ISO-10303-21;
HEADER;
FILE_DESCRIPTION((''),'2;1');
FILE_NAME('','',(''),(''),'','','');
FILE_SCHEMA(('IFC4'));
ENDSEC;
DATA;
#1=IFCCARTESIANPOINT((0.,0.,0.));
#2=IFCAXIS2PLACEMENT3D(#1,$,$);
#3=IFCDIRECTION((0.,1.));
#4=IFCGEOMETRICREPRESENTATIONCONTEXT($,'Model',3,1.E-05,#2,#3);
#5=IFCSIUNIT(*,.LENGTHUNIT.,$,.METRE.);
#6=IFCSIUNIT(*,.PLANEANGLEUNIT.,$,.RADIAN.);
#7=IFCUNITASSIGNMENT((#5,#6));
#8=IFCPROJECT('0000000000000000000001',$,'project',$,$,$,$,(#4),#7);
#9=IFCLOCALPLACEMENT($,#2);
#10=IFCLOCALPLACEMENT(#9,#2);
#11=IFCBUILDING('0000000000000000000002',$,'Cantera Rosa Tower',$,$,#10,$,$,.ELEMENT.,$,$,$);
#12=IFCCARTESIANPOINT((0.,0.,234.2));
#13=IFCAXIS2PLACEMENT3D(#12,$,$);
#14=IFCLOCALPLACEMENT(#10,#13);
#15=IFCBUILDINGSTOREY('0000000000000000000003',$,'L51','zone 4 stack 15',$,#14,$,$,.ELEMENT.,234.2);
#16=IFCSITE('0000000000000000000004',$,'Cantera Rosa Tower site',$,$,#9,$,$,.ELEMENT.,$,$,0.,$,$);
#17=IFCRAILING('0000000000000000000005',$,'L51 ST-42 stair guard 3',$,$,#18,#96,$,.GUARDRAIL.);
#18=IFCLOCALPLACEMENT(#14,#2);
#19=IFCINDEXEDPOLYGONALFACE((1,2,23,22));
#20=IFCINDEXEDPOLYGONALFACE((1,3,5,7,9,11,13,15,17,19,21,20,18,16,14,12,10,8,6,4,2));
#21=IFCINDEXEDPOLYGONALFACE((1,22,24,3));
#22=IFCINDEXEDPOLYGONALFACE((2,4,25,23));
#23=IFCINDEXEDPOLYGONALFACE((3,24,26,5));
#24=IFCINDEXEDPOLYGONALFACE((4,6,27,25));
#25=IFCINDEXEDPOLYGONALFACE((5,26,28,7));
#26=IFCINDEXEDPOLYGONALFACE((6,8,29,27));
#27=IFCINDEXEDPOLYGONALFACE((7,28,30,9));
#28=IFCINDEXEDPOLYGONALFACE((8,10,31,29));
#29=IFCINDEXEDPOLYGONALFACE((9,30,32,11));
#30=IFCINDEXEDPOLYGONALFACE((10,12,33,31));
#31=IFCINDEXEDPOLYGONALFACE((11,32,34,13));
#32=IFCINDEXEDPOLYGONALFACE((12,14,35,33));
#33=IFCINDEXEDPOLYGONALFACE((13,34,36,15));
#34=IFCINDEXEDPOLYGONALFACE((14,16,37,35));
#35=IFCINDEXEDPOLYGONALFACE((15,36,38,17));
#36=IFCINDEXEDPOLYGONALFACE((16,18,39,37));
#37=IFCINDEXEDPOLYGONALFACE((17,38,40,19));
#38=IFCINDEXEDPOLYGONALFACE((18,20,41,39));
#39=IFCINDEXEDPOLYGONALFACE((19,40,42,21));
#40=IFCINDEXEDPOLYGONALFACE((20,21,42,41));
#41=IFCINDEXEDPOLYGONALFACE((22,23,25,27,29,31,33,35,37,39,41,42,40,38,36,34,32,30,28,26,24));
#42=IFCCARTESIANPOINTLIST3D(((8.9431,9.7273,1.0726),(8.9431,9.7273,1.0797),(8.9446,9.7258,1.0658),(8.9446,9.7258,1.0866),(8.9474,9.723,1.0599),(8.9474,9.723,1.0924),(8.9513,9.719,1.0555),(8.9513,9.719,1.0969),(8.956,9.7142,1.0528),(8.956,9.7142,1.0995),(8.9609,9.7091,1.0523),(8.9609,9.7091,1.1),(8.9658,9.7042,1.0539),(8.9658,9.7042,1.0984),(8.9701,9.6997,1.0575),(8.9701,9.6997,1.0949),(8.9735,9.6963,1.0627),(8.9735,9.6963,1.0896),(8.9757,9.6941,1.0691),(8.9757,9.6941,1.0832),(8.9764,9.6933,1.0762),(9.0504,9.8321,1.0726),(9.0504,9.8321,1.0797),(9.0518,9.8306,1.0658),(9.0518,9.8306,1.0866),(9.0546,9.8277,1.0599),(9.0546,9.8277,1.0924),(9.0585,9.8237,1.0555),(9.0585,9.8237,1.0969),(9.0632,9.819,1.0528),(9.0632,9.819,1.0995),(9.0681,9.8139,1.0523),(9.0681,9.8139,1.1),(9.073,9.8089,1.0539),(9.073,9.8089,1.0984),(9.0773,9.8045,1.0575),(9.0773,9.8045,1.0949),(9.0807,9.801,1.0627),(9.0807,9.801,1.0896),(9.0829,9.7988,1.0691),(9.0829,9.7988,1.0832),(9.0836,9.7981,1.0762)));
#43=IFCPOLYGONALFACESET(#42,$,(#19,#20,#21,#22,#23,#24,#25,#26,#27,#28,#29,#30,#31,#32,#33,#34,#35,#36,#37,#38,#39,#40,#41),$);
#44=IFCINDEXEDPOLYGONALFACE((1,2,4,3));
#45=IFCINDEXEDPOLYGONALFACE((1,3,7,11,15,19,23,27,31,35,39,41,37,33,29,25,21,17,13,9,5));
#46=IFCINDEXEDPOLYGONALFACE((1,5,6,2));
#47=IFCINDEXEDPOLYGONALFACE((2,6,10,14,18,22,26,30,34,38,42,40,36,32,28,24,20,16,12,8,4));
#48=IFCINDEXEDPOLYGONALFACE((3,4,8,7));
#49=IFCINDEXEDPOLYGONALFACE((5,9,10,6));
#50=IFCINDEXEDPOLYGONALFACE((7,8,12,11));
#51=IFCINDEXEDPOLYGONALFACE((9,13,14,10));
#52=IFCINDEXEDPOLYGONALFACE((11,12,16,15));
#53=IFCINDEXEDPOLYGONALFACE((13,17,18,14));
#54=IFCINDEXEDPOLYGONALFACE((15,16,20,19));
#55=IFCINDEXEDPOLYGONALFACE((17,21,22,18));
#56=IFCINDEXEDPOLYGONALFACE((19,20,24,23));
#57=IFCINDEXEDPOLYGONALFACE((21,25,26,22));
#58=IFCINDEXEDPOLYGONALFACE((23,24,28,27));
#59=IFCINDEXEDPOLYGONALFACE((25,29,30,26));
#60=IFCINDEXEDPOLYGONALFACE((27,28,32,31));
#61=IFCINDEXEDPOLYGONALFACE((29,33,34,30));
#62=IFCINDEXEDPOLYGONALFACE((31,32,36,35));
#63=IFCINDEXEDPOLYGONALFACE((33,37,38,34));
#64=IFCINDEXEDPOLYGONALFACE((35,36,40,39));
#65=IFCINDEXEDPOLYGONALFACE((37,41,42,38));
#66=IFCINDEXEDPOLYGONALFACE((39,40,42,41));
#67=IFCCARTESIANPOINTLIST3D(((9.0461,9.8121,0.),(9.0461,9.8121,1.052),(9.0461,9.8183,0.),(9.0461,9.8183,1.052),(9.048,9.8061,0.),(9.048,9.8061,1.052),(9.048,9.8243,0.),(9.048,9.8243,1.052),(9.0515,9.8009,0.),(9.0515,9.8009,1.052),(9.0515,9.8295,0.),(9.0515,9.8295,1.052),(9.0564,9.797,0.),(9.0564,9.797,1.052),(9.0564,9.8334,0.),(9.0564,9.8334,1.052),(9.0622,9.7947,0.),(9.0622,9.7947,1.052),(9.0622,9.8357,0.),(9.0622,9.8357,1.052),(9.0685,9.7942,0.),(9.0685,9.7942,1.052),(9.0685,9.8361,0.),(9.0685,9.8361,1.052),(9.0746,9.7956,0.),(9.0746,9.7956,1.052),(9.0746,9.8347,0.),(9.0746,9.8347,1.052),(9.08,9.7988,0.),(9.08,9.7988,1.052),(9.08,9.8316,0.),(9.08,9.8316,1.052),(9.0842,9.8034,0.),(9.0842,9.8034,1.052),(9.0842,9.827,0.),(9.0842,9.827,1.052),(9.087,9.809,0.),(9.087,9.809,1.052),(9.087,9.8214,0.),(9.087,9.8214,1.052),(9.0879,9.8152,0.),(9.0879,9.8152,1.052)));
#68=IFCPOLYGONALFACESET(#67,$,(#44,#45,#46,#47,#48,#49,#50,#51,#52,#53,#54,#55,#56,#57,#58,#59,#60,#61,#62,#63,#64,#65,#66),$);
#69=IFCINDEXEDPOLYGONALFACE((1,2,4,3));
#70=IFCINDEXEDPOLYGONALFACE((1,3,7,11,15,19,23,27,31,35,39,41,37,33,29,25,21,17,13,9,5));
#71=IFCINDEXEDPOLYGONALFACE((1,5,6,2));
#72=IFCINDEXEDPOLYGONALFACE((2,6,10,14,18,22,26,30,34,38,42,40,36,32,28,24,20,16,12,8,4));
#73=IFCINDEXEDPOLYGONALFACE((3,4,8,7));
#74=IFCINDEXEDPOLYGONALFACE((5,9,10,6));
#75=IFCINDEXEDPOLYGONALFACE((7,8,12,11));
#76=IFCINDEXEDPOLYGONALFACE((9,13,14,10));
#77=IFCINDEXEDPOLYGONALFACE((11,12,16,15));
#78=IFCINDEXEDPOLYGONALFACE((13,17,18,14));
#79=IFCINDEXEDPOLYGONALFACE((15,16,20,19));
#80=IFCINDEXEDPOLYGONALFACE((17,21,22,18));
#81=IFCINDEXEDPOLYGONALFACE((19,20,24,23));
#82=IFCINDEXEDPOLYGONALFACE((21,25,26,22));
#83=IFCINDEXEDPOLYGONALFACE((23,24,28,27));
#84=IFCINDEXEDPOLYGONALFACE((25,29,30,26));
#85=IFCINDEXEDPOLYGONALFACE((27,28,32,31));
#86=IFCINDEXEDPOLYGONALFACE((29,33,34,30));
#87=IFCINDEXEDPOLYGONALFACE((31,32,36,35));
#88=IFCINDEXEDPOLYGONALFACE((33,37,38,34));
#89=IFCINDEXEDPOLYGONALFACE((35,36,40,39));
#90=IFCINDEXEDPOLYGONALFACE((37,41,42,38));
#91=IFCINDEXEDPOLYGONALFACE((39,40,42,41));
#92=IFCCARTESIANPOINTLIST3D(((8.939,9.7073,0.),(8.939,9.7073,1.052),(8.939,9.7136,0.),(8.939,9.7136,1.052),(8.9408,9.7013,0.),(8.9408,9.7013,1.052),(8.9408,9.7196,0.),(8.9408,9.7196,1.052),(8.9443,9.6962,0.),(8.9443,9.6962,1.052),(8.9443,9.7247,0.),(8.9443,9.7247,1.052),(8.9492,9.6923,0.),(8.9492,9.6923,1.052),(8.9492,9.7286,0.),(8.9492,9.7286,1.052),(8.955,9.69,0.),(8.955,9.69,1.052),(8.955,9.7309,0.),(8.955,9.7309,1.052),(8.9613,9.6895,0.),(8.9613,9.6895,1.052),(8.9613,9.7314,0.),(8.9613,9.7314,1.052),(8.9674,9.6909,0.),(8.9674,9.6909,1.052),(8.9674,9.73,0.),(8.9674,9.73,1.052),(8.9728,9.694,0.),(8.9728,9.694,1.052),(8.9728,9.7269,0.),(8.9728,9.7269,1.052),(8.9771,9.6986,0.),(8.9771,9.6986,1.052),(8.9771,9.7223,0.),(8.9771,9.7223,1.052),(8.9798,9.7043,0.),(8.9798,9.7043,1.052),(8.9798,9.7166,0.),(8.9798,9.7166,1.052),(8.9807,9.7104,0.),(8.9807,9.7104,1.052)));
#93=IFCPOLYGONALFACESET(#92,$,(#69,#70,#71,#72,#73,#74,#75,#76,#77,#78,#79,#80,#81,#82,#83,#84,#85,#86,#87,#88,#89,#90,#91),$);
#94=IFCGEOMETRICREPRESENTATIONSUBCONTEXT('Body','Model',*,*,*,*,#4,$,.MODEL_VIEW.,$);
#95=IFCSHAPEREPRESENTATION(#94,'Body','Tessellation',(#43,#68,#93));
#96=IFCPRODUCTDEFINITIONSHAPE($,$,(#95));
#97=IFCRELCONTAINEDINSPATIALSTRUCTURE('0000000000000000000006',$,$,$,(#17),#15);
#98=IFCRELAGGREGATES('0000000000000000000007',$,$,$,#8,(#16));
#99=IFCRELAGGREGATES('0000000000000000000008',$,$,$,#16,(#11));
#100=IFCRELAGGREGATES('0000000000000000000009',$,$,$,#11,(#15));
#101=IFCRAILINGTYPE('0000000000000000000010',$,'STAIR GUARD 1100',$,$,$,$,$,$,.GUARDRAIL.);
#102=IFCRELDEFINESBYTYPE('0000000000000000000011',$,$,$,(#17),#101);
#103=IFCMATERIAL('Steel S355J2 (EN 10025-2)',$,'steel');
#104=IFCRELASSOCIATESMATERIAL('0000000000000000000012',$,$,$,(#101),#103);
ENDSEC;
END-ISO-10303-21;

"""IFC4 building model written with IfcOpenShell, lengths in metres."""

from ifc_helpers import new_model, si_unit, direction, frame, origin, origin_2d, place, context, subcontext, project, spatial, circle, extrude, material, type_object, element, save


model = new_model("IFC4")

# Units and contexts
model_context = context("Model", 3, precision=1e-05, world=origin(), true_north=direction((0.0, 1.0)))
body_context = subcontext(model_context, "Body", "Model", "MODEL_VIEW")
ifc_project = project(units=[si_unit("LENGTHUNIT", "METRE"), si_unit("PLANEANGLEUNIT", "RADIAN")], contexts=[model_context])

# Site, building, storey
site_placement = place(None, origin())
site = spatial("IfcSite", under=ifc_project, at=site_placement, Name="Cantera Rosa Tower site", CompositionType="ELEMENT", RefElevation=0.0)
building_placement = place(site_placement, origin())
building = spatial("IfcBuilding", under=site, at=building_placement, Name="Cantera Rosa Tower", CompositionType="ELEMENT")
storey_placement = place(building_placement, frame((0.0, 0.0, 234.2)))
storey = spatial("IfcBuildingStorey", under=building, at=storey_placement, Name="L51", Description="zone 4 stack 15", CompositionType="ELEMENT", Elevation=234.2)

# Railing
ifc_material_1 = material(Name="Steel S355J2 (EN 10025-2)", Category="steel")
railing_type_1 = type_object("IfcRailingType", Name="STAIR GUARD 1100", PredefinedType="GUARDRAIL", material=ifc_material_1)
railing_1_placement = place(storey_placement, frame((9.0669, 9.8152, 0.0)))
element("IfcRailing", 1, at=railing_1_placement, inside=storey, type_object=railing_type_1, Name="L51 ST-42 stair guard 3", PredefinedType="GUARDRAIL", context=body_context, shape_type="SweptSolid", body=[
    extrude(circle(Radius=0.0239, at=origin_2d()), frame((0.0, 0.0, 1.0762), z_axis=(-0.715206, -0.698914, 0.0), x_axis=(0.698914, -0.715206, 0.0)), (0.0, 0.0, 1.0), 0.1499),
    extrude(circle(Radius=0.021, at=origin_2d()), origin(), (0.0, 0.0, 1.0), 1.052),
    extrude(circle(Radius=0.021, at=origin_2d()), frame((-0.1072, -0.1047, 0.0)), (0.0, 0.0, 1.0), 1.052),
])

save(model, "model.ifc")
